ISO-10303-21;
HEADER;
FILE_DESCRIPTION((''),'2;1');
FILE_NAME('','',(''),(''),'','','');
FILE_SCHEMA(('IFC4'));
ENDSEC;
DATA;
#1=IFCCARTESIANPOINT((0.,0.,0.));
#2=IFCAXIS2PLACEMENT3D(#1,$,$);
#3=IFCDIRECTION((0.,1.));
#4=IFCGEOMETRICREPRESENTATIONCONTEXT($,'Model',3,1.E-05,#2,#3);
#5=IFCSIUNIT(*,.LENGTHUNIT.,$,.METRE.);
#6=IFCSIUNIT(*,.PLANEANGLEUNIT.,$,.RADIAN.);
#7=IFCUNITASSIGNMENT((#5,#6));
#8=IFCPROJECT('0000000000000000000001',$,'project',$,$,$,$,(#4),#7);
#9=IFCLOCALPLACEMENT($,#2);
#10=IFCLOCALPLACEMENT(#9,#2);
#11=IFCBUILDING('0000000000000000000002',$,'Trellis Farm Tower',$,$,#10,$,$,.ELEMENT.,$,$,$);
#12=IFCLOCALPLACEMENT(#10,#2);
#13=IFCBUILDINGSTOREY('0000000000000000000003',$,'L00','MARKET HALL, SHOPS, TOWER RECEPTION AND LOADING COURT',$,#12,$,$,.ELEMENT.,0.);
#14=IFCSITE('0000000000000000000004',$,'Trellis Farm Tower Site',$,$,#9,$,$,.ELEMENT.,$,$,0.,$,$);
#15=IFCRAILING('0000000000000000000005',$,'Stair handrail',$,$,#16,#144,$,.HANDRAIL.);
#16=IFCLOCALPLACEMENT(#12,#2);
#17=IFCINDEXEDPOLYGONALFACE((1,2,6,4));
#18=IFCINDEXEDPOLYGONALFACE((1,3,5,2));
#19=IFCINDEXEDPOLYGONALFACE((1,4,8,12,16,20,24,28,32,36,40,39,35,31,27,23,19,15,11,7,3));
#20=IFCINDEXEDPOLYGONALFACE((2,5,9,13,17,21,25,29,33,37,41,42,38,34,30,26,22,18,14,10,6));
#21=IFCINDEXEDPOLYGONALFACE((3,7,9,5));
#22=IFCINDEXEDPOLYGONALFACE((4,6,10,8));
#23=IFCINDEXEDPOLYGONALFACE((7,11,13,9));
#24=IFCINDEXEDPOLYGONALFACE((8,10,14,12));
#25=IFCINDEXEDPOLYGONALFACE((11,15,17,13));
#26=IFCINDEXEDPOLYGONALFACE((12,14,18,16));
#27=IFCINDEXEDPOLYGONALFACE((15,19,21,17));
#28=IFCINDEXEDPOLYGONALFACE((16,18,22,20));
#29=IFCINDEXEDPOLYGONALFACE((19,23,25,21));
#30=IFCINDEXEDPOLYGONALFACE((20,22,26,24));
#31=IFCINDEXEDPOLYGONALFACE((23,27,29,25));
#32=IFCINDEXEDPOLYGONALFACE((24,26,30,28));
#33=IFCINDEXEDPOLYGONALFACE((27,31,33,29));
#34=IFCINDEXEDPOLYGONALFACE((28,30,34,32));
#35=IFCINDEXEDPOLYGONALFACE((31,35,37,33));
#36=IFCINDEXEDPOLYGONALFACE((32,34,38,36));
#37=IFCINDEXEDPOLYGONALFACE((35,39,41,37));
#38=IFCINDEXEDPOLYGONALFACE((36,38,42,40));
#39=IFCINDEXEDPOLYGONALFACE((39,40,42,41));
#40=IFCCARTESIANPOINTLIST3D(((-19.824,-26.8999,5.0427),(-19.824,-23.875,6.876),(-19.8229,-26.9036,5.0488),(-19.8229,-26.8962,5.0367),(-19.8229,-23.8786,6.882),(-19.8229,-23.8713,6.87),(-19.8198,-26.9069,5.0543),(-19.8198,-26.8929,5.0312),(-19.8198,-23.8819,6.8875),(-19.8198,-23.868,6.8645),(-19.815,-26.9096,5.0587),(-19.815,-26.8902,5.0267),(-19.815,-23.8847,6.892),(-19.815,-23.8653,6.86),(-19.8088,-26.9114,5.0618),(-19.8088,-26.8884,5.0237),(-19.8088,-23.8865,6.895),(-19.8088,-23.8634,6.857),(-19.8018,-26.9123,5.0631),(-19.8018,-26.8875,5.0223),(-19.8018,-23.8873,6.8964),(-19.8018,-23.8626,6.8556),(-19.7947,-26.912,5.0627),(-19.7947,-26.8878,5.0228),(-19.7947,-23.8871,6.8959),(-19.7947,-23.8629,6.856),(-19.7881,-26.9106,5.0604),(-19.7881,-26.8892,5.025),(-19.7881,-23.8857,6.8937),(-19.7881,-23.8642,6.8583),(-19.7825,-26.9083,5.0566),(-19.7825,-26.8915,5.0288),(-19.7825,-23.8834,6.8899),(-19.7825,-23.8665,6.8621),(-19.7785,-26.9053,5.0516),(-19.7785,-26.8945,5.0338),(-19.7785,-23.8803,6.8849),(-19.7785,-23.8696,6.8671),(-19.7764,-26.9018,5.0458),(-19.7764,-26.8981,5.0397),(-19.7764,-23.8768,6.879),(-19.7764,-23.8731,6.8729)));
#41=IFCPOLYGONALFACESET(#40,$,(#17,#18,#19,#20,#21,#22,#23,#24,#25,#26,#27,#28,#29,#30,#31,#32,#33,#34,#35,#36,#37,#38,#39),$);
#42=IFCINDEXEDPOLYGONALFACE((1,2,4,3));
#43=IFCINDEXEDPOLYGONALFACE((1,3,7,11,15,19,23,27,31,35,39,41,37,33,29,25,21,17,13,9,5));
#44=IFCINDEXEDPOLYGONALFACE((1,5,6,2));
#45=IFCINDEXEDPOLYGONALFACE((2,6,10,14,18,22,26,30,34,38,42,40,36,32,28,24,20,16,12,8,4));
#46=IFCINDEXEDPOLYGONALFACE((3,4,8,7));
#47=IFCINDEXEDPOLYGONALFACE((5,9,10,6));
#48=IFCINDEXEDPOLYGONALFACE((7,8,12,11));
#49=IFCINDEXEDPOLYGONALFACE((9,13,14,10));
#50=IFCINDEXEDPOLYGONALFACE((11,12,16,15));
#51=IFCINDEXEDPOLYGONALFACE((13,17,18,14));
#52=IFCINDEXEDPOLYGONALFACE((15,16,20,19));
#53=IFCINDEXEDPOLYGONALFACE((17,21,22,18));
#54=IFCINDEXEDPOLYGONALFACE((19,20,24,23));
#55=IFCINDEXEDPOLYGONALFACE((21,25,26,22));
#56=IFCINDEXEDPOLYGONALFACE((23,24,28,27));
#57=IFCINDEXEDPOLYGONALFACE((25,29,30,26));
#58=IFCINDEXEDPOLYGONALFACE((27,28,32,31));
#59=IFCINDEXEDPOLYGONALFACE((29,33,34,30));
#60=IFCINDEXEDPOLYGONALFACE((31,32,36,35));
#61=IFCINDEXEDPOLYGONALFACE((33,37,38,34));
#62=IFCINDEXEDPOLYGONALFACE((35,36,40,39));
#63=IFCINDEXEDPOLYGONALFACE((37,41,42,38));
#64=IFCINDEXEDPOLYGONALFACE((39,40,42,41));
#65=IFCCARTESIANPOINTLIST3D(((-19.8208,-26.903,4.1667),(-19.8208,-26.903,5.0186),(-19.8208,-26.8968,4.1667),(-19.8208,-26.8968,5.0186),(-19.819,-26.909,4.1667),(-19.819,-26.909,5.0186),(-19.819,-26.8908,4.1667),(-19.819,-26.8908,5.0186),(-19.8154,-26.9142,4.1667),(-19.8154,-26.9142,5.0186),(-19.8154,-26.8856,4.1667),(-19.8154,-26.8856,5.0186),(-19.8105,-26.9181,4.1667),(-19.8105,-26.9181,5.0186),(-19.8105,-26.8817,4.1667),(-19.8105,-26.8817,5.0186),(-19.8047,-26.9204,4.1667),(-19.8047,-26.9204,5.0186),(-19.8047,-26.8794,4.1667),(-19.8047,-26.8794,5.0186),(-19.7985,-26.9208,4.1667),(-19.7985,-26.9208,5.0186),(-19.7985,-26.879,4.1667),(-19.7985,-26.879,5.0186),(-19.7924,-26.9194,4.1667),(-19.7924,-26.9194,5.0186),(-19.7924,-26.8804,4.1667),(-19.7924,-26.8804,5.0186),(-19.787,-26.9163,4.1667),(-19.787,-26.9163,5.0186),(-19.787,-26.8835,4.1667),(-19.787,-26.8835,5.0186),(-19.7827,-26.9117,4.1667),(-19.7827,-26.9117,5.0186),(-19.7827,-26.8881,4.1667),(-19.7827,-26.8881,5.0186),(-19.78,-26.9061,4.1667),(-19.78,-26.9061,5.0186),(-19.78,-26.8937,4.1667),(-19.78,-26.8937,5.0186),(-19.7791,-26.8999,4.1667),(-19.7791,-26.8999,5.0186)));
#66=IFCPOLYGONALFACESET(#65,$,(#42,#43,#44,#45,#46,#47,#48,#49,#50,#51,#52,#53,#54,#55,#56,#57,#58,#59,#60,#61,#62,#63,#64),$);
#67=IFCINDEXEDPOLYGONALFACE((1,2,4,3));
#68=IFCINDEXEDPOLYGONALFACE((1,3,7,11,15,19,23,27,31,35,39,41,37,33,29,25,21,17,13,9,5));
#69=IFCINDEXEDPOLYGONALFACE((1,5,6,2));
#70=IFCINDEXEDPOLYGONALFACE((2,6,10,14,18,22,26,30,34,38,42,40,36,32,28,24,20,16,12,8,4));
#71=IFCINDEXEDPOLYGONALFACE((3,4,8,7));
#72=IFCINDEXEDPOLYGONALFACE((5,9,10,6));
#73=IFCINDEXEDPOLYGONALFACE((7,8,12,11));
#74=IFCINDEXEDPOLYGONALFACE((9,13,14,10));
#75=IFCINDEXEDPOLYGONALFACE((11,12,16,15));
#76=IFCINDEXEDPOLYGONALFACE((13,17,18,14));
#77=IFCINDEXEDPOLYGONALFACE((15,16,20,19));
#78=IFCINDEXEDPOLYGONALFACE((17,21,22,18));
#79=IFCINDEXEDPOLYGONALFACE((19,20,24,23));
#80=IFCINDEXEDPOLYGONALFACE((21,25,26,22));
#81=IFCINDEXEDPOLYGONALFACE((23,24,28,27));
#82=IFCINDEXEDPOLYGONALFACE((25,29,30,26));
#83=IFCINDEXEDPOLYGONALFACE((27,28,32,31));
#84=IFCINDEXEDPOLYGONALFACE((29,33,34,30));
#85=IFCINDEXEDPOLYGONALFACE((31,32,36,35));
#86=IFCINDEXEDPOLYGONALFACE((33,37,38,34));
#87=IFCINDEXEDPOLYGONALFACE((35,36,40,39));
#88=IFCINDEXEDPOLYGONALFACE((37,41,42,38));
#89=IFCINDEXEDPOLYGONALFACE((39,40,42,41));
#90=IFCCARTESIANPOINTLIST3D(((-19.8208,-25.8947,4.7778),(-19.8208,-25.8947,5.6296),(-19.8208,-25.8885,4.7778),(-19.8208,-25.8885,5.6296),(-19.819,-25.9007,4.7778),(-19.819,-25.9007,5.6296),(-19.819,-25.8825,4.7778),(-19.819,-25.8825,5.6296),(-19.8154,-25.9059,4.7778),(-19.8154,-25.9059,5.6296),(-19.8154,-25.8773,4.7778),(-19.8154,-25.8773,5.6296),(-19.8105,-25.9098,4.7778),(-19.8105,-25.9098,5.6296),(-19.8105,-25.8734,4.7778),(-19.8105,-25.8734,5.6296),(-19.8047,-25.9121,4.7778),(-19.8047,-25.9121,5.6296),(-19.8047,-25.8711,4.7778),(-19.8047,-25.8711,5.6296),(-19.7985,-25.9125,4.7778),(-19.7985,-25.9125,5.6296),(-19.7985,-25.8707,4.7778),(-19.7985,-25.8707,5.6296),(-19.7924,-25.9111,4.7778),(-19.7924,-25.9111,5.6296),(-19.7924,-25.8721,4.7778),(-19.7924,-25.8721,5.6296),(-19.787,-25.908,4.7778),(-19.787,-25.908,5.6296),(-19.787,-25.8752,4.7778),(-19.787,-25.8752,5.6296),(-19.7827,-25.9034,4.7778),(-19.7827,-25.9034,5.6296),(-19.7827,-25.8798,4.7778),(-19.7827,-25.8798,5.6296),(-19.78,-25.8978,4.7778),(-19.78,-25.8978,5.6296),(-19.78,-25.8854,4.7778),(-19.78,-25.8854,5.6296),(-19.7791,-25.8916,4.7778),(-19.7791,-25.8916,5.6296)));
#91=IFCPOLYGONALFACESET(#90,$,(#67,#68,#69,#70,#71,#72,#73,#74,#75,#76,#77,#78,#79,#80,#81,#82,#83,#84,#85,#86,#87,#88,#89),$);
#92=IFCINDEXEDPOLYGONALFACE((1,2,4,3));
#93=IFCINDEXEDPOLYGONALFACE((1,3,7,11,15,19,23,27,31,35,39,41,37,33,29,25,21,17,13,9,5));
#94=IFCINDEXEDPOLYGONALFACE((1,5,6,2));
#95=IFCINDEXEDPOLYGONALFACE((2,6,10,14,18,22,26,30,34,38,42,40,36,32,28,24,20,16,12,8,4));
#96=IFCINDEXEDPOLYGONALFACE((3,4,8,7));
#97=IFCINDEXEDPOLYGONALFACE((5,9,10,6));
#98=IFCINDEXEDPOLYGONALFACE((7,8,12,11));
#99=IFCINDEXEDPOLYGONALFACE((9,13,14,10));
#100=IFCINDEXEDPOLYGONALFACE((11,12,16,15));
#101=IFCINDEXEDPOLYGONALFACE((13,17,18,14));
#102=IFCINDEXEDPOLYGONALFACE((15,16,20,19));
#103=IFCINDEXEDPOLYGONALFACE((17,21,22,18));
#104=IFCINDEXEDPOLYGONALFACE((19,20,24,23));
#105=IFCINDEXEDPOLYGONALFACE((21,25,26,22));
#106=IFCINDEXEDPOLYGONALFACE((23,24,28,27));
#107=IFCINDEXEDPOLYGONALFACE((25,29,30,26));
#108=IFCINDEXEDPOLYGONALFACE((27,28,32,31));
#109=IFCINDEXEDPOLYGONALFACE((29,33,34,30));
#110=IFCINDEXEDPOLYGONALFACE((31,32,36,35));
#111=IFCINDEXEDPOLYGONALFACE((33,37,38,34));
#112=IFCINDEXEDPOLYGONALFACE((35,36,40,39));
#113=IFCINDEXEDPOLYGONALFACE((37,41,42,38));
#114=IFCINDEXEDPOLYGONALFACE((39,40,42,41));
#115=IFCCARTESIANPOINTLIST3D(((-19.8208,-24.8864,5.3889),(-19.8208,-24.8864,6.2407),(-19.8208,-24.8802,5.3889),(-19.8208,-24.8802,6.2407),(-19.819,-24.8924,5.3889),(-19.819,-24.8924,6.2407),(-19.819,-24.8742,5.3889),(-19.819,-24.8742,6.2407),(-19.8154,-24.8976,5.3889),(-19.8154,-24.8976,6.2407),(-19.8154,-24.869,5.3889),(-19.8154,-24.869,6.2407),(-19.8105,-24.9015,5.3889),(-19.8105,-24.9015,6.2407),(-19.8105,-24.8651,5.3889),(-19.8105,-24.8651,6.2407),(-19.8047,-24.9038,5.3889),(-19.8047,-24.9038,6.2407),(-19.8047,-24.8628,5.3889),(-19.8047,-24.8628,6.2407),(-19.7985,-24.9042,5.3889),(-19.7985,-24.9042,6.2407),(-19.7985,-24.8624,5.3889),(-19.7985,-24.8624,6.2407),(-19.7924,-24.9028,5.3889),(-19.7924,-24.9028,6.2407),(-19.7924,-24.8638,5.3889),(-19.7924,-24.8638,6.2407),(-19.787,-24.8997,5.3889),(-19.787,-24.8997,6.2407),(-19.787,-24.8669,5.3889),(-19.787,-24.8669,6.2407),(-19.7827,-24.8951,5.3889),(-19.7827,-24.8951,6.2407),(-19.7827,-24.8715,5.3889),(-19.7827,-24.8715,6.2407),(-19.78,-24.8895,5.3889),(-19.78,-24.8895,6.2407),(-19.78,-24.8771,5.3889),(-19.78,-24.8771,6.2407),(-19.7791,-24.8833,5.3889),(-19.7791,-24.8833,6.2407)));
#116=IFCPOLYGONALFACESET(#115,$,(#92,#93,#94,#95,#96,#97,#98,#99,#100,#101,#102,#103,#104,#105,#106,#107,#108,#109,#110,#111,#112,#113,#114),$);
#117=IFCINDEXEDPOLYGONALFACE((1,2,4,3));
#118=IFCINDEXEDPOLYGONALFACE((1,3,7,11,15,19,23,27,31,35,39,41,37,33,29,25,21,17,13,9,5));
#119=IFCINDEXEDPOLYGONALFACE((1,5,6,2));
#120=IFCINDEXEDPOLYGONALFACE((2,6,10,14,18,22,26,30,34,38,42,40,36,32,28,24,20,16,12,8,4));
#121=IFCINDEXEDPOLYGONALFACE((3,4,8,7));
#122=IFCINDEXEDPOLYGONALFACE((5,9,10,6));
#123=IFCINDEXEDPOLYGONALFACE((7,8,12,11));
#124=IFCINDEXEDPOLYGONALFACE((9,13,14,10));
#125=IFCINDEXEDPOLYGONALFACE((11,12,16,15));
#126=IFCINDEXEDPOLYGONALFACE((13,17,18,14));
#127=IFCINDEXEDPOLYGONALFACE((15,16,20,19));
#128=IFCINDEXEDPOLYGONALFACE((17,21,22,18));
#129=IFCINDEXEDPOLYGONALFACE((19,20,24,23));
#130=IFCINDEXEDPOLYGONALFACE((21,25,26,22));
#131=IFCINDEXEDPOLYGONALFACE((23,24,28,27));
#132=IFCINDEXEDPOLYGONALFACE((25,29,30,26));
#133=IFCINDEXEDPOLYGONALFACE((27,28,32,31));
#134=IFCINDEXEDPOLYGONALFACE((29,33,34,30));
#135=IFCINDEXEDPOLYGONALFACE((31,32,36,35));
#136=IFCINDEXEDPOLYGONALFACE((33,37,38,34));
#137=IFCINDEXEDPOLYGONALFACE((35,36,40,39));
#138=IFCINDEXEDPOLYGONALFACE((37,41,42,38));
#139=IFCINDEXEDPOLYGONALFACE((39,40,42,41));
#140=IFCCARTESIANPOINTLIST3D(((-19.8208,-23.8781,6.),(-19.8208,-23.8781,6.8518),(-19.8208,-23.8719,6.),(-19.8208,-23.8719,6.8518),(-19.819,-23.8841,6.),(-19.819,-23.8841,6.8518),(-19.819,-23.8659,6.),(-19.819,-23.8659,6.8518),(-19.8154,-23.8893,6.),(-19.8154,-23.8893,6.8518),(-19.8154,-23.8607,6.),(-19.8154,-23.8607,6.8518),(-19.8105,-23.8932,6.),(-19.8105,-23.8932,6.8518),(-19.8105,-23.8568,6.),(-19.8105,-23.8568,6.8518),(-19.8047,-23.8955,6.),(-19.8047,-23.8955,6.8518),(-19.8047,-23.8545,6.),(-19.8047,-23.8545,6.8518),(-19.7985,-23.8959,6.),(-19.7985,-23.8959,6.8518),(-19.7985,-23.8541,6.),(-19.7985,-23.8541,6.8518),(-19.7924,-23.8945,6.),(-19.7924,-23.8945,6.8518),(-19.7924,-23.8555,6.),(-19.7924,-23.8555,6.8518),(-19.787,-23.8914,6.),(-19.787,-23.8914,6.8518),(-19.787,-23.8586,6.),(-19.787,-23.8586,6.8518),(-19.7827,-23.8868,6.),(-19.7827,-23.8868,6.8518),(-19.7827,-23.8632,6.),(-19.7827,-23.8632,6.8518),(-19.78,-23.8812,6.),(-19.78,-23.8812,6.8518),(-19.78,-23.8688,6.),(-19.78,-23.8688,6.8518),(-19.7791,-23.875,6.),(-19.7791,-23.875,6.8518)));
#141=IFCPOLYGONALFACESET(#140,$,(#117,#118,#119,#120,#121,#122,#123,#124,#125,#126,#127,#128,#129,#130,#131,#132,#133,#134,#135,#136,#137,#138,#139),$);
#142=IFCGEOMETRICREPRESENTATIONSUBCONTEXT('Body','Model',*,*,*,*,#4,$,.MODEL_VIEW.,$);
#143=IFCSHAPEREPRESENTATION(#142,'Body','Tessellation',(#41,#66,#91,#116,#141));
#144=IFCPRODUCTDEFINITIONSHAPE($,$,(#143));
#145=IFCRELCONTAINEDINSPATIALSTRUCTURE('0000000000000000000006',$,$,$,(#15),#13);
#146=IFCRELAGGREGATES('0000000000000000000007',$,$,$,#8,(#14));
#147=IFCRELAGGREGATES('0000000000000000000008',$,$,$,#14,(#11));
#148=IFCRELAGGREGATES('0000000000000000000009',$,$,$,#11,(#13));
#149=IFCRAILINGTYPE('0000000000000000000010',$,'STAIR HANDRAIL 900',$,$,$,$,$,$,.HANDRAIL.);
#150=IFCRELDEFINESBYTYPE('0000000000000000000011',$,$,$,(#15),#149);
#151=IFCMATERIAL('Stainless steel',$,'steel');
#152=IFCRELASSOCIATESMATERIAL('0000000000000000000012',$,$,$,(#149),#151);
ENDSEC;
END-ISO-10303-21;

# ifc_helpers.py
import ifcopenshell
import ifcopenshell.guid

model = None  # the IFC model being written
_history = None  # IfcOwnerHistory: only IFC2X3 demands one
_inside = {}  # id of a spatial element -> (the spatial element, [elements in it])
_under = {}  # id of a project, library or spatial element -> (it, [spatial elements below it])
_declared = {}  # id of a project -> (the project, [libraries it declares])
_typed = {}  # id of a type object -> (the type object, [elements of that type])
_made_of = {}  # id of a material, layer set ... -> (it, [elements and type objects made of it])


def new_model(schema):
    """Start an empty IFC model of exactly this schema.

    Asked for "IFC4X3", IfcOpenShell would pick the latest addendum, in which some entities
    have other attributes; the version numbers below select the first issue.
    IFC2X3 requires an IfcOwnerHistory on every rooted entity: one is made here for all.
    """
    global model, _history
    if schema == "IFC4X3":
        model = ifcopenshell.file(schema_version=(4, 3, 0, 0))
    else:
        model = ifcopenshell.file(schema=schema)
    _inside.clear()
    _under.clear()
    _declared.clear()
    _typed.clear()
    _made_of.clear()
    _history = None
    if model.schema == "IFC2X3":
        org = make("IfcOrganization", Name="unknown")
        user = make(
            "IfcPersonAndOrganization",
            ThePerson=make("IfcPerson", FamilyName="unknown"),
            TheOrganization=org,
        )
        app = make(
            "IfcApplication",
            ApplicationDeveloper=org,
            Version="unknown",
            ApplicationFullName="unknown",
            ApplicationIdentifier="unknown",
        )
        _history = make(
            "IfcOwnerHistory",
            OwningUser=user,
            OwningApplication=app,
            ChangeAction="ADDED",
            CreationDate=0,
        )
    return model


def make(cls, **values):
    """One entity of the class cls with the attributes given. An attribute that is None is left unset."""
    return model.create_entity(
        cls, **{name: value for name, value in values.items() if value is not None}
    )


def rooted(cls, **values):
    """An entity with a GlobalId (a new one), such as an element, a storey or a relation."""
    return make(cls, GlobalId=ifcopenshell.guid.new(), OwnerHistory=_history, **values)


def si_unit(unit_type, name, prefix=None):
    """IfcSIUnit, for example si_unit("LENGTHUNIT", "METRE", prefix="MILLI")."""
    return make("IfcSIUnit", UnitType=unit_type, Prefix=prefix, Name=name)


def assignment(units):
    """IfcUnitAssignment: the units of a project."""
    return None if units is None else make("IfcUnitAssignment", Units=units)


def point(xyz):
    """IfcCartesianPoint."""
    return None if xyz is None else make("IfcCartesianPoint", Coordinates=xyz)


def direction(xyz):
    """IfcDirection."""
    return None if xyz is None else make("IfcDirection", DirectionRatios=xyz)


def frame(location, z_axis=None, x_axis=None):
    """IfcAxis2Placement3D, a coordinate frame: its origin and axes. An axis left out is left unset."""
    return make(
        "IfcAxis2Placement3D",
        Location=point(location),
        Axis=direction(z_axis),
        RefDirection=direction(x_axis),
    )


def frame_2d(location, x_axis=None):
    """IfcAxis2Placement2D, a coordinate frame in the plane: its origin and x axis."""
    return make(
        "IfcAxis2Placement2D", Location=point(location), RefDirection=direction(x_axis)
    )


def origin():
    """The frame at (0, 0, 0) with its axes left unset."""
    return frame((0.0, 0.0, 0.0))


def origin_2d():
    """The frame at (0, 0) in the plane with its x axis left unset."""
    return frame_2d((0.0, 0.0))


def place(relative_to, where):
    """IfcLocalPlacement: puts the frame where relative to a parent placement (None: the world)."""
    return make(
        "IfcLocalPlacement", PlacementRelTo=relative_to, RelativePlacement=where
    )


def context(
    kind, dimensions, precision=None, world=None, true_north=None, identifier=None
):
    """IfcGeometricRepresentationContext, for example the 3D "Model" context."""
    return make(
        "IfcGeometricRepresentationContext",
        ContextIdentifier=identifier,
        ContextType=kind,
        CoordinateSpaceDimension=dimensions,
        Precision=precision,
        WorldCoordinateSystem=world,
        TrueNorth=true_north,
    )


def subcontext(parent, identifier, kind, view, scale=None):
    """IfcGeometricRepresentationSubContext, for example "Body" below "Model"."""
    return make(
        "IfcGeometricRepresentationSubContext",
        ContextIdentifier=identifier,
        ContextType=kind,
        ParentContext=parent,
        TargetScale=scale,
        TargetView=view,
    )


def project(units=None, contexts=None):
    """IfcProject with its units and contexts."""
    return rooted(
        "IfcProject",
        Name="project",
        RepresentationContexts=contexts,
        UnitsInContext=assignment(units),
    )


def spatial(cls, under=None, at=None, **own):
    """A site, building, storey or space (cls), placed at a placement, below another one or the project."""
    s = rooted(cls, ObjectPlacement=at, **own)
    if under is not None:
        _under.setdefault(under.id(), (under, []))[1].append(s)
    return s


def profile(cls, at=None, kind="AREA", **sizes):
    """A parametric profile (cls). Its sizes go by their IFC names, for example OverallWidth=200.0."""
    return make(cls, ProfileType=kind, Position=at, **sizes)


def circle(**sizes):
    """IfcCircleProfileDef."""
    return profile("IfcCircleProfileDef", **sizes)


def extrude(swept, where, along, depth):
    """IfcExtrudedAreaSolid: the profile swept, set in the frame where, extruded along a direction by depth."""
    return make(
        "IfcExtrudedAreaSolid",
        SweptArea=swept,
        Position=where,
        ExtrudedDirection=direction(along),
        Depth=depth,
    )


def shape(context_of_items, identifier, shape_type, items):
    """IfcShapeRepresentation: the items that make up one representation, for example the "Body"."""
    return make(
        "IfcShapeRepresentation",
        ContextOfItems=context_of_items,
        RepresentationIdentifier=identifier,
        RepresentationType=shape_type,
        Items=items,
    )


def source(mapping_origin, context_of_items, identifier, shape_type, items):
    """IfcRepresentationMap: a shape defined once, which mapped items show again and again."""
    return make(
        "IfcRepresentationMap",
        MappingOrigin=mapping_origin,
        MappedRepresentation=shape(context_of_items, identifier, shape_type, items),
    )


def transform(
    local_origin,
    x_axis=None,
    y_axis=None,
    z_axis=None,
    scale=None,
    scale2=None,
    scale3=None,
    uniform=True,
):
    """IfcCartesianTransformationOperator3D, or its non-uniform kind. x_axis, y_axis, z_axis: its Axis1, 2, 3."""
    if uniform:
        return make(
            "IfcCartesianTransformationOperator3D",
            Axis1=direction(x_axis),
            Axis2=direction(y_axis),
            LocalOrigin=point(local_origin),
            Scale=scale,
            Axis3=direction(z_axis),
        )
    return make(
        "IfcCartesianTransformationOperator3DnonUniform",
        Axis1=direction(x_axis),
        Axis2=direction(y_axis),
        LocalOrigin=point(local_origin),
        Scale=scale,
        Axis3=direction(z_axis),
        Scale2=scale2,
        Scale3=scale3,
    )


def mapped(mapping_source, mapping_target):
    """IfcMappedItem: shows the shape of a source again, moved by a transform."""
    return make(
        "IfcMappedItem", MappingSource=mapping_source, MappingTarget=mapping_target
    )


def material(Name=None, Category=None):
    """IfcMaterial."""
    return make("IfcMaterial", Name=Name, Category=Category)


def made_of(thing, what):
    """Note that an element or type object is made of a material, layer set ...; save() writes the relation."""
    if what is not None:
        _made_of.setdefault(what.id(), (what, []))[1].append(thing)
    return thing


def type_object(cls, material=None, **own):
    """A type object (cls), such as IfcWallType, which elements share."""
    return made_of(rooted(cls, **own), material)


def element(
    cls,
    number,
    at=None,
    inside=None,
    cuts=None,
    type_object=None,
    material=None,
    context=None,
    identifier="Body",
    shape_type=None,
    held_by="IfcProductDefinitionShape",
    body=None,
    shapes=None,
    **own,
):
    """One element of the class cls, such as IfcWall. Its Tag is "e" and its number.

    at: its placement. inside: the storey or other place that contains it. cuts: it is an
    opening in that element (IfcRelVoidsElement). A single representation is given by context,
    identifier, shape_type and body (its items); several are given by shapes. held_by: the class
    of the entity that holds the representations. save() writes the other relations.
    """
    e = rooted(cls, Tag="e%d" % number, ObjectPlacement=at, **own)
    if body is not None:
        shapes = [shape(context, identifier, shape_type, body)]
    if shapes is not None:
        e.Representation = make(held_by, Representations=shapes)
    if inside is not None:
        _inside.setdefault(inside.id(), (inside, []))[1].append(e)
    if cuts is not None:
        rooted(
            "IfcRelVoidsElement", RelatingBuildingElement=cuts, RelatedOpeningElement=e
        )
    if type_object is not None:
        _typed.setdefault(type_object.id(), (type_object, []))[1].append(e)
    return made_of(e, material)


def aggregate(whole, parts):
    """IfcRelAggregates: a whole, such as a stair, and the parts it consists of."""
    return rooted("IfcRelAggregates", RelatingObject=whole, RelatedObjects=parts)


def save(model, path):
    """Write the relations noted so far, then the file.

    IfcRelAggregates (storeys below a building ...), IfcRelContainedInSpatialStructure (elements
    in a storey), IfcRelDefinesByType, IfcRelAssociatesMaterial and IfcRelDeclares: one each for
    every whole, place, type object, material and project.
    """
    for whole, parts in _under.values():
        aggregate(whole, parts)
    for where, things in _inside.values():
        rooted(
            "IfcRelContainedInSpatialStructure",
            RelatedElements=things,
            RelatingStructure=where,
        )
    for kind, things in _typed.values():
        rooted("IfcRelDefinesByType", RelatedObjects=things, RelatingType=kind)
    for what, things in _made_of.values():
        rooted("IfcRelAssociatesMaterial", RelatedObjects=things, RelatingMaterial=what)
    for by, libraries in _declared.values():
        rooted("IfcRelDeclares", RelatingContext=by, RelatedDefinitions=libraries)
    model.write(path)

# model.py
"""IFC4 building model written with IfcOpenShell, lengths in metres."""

from ifc_helpers import new_model, si_unit, direction, frame, origin, origin_2d, place, context, subcontext, project, spatial, circle, extrude, source, transform, mapped, material, type_object, element, save


model = new_model("IFC4")

# Units and contexts
model_context = context("Model", 3, precision=1e-05, world=origin(), true_north=direction((0.0, 1.0)))
body_context = subcontext(model_context, "Body", "Model", "MODEL_VIEW")
ifc_project = project(units=[si_unit("LENGTHUNIT", "METRE"), si_unit("PLANEANGLEUNIT", "RADIAN")], contexts=[model_context])

# Site, building, storey
site_placement = place(None, origin())
site = spatial("IfcSite", under=ifc_project, at=site_placement, Name="Trellis Farm Tower Site", CompositionType="ELEMENT", RefElevation=0.0)
building_placement = place(site_placement, origin())
building = spatial("IfcBuilding", under=site, at=building_placement, Name="Trellis Farm Tower", CompositionType="ELEMENT")
storey_placement = place(building_placement, origin())
storey = spatial("IfcBuildingStorey", under=building, at=storey_placement, Name="L00", Description="MARKET HALL, SHOPS, TOWER RECEPTION AND LOADING COURT", CompositionType="ELEMENT", Elevation=0.0)

# Railing
ifc_material_1 = material(Name="Stainless steel", Category="steel")
railing_type = type_object("IfcRailingType", Name="STAIR HANDRAIL 900", PredefinedType="HANDRAIL", material=ifc_material_1)
shared_shape_1 = source(origin(), body_context, "Body", "SweptSolid", [
    extrude(circle(Radius=0.0239, at=origin_2d()), frame((0.0, 0.0, 0.876), z_axis=(0.0, 0.855201, 0.518297), x_axis=(-1.0, 0.0, 0.0)), (0.0, 0.0, 1.0), 3.5371),
    extrude(circle(Radius=0.021, at=origin_2d()), origin(), (0.0, 0.0, 1.0), 0.8518),
    extrude(circle(Radius=0.021, at=origin_2d()), frame((0.0, 1.0083, 0.6111)), (0.0, 0.0, 1.0), 0.8518),
    extrude(circle(Radius=0.021, at=origin_2d()), frame((0.0, 2.0166, 1.2222)), (0.0, 0.0, 1.0), 0.8518),
    extrude(circle(Radius=0.021, at=origin_2d()), frame((0.0, 3.0249, 1.8333)), (0.0, 0.0, 1.0), 0.8518),
])
for number, where, name in (
    (1, (-19.8, -26.8999, 4.1667), "Stair handrail"),
):
    element("IfcRailing", number, at=place(storey_placement, frame(where)), inside=storey, type_object=railing_type, Name=name, PredefinedType="HANDRAIL", context=body_context, shape_type="MappedRepresentation", body=[
        mapped(shared_shape_1, transform((0.0, 0.0, 0.0))),
    ])

save(model, "model.ifc")
